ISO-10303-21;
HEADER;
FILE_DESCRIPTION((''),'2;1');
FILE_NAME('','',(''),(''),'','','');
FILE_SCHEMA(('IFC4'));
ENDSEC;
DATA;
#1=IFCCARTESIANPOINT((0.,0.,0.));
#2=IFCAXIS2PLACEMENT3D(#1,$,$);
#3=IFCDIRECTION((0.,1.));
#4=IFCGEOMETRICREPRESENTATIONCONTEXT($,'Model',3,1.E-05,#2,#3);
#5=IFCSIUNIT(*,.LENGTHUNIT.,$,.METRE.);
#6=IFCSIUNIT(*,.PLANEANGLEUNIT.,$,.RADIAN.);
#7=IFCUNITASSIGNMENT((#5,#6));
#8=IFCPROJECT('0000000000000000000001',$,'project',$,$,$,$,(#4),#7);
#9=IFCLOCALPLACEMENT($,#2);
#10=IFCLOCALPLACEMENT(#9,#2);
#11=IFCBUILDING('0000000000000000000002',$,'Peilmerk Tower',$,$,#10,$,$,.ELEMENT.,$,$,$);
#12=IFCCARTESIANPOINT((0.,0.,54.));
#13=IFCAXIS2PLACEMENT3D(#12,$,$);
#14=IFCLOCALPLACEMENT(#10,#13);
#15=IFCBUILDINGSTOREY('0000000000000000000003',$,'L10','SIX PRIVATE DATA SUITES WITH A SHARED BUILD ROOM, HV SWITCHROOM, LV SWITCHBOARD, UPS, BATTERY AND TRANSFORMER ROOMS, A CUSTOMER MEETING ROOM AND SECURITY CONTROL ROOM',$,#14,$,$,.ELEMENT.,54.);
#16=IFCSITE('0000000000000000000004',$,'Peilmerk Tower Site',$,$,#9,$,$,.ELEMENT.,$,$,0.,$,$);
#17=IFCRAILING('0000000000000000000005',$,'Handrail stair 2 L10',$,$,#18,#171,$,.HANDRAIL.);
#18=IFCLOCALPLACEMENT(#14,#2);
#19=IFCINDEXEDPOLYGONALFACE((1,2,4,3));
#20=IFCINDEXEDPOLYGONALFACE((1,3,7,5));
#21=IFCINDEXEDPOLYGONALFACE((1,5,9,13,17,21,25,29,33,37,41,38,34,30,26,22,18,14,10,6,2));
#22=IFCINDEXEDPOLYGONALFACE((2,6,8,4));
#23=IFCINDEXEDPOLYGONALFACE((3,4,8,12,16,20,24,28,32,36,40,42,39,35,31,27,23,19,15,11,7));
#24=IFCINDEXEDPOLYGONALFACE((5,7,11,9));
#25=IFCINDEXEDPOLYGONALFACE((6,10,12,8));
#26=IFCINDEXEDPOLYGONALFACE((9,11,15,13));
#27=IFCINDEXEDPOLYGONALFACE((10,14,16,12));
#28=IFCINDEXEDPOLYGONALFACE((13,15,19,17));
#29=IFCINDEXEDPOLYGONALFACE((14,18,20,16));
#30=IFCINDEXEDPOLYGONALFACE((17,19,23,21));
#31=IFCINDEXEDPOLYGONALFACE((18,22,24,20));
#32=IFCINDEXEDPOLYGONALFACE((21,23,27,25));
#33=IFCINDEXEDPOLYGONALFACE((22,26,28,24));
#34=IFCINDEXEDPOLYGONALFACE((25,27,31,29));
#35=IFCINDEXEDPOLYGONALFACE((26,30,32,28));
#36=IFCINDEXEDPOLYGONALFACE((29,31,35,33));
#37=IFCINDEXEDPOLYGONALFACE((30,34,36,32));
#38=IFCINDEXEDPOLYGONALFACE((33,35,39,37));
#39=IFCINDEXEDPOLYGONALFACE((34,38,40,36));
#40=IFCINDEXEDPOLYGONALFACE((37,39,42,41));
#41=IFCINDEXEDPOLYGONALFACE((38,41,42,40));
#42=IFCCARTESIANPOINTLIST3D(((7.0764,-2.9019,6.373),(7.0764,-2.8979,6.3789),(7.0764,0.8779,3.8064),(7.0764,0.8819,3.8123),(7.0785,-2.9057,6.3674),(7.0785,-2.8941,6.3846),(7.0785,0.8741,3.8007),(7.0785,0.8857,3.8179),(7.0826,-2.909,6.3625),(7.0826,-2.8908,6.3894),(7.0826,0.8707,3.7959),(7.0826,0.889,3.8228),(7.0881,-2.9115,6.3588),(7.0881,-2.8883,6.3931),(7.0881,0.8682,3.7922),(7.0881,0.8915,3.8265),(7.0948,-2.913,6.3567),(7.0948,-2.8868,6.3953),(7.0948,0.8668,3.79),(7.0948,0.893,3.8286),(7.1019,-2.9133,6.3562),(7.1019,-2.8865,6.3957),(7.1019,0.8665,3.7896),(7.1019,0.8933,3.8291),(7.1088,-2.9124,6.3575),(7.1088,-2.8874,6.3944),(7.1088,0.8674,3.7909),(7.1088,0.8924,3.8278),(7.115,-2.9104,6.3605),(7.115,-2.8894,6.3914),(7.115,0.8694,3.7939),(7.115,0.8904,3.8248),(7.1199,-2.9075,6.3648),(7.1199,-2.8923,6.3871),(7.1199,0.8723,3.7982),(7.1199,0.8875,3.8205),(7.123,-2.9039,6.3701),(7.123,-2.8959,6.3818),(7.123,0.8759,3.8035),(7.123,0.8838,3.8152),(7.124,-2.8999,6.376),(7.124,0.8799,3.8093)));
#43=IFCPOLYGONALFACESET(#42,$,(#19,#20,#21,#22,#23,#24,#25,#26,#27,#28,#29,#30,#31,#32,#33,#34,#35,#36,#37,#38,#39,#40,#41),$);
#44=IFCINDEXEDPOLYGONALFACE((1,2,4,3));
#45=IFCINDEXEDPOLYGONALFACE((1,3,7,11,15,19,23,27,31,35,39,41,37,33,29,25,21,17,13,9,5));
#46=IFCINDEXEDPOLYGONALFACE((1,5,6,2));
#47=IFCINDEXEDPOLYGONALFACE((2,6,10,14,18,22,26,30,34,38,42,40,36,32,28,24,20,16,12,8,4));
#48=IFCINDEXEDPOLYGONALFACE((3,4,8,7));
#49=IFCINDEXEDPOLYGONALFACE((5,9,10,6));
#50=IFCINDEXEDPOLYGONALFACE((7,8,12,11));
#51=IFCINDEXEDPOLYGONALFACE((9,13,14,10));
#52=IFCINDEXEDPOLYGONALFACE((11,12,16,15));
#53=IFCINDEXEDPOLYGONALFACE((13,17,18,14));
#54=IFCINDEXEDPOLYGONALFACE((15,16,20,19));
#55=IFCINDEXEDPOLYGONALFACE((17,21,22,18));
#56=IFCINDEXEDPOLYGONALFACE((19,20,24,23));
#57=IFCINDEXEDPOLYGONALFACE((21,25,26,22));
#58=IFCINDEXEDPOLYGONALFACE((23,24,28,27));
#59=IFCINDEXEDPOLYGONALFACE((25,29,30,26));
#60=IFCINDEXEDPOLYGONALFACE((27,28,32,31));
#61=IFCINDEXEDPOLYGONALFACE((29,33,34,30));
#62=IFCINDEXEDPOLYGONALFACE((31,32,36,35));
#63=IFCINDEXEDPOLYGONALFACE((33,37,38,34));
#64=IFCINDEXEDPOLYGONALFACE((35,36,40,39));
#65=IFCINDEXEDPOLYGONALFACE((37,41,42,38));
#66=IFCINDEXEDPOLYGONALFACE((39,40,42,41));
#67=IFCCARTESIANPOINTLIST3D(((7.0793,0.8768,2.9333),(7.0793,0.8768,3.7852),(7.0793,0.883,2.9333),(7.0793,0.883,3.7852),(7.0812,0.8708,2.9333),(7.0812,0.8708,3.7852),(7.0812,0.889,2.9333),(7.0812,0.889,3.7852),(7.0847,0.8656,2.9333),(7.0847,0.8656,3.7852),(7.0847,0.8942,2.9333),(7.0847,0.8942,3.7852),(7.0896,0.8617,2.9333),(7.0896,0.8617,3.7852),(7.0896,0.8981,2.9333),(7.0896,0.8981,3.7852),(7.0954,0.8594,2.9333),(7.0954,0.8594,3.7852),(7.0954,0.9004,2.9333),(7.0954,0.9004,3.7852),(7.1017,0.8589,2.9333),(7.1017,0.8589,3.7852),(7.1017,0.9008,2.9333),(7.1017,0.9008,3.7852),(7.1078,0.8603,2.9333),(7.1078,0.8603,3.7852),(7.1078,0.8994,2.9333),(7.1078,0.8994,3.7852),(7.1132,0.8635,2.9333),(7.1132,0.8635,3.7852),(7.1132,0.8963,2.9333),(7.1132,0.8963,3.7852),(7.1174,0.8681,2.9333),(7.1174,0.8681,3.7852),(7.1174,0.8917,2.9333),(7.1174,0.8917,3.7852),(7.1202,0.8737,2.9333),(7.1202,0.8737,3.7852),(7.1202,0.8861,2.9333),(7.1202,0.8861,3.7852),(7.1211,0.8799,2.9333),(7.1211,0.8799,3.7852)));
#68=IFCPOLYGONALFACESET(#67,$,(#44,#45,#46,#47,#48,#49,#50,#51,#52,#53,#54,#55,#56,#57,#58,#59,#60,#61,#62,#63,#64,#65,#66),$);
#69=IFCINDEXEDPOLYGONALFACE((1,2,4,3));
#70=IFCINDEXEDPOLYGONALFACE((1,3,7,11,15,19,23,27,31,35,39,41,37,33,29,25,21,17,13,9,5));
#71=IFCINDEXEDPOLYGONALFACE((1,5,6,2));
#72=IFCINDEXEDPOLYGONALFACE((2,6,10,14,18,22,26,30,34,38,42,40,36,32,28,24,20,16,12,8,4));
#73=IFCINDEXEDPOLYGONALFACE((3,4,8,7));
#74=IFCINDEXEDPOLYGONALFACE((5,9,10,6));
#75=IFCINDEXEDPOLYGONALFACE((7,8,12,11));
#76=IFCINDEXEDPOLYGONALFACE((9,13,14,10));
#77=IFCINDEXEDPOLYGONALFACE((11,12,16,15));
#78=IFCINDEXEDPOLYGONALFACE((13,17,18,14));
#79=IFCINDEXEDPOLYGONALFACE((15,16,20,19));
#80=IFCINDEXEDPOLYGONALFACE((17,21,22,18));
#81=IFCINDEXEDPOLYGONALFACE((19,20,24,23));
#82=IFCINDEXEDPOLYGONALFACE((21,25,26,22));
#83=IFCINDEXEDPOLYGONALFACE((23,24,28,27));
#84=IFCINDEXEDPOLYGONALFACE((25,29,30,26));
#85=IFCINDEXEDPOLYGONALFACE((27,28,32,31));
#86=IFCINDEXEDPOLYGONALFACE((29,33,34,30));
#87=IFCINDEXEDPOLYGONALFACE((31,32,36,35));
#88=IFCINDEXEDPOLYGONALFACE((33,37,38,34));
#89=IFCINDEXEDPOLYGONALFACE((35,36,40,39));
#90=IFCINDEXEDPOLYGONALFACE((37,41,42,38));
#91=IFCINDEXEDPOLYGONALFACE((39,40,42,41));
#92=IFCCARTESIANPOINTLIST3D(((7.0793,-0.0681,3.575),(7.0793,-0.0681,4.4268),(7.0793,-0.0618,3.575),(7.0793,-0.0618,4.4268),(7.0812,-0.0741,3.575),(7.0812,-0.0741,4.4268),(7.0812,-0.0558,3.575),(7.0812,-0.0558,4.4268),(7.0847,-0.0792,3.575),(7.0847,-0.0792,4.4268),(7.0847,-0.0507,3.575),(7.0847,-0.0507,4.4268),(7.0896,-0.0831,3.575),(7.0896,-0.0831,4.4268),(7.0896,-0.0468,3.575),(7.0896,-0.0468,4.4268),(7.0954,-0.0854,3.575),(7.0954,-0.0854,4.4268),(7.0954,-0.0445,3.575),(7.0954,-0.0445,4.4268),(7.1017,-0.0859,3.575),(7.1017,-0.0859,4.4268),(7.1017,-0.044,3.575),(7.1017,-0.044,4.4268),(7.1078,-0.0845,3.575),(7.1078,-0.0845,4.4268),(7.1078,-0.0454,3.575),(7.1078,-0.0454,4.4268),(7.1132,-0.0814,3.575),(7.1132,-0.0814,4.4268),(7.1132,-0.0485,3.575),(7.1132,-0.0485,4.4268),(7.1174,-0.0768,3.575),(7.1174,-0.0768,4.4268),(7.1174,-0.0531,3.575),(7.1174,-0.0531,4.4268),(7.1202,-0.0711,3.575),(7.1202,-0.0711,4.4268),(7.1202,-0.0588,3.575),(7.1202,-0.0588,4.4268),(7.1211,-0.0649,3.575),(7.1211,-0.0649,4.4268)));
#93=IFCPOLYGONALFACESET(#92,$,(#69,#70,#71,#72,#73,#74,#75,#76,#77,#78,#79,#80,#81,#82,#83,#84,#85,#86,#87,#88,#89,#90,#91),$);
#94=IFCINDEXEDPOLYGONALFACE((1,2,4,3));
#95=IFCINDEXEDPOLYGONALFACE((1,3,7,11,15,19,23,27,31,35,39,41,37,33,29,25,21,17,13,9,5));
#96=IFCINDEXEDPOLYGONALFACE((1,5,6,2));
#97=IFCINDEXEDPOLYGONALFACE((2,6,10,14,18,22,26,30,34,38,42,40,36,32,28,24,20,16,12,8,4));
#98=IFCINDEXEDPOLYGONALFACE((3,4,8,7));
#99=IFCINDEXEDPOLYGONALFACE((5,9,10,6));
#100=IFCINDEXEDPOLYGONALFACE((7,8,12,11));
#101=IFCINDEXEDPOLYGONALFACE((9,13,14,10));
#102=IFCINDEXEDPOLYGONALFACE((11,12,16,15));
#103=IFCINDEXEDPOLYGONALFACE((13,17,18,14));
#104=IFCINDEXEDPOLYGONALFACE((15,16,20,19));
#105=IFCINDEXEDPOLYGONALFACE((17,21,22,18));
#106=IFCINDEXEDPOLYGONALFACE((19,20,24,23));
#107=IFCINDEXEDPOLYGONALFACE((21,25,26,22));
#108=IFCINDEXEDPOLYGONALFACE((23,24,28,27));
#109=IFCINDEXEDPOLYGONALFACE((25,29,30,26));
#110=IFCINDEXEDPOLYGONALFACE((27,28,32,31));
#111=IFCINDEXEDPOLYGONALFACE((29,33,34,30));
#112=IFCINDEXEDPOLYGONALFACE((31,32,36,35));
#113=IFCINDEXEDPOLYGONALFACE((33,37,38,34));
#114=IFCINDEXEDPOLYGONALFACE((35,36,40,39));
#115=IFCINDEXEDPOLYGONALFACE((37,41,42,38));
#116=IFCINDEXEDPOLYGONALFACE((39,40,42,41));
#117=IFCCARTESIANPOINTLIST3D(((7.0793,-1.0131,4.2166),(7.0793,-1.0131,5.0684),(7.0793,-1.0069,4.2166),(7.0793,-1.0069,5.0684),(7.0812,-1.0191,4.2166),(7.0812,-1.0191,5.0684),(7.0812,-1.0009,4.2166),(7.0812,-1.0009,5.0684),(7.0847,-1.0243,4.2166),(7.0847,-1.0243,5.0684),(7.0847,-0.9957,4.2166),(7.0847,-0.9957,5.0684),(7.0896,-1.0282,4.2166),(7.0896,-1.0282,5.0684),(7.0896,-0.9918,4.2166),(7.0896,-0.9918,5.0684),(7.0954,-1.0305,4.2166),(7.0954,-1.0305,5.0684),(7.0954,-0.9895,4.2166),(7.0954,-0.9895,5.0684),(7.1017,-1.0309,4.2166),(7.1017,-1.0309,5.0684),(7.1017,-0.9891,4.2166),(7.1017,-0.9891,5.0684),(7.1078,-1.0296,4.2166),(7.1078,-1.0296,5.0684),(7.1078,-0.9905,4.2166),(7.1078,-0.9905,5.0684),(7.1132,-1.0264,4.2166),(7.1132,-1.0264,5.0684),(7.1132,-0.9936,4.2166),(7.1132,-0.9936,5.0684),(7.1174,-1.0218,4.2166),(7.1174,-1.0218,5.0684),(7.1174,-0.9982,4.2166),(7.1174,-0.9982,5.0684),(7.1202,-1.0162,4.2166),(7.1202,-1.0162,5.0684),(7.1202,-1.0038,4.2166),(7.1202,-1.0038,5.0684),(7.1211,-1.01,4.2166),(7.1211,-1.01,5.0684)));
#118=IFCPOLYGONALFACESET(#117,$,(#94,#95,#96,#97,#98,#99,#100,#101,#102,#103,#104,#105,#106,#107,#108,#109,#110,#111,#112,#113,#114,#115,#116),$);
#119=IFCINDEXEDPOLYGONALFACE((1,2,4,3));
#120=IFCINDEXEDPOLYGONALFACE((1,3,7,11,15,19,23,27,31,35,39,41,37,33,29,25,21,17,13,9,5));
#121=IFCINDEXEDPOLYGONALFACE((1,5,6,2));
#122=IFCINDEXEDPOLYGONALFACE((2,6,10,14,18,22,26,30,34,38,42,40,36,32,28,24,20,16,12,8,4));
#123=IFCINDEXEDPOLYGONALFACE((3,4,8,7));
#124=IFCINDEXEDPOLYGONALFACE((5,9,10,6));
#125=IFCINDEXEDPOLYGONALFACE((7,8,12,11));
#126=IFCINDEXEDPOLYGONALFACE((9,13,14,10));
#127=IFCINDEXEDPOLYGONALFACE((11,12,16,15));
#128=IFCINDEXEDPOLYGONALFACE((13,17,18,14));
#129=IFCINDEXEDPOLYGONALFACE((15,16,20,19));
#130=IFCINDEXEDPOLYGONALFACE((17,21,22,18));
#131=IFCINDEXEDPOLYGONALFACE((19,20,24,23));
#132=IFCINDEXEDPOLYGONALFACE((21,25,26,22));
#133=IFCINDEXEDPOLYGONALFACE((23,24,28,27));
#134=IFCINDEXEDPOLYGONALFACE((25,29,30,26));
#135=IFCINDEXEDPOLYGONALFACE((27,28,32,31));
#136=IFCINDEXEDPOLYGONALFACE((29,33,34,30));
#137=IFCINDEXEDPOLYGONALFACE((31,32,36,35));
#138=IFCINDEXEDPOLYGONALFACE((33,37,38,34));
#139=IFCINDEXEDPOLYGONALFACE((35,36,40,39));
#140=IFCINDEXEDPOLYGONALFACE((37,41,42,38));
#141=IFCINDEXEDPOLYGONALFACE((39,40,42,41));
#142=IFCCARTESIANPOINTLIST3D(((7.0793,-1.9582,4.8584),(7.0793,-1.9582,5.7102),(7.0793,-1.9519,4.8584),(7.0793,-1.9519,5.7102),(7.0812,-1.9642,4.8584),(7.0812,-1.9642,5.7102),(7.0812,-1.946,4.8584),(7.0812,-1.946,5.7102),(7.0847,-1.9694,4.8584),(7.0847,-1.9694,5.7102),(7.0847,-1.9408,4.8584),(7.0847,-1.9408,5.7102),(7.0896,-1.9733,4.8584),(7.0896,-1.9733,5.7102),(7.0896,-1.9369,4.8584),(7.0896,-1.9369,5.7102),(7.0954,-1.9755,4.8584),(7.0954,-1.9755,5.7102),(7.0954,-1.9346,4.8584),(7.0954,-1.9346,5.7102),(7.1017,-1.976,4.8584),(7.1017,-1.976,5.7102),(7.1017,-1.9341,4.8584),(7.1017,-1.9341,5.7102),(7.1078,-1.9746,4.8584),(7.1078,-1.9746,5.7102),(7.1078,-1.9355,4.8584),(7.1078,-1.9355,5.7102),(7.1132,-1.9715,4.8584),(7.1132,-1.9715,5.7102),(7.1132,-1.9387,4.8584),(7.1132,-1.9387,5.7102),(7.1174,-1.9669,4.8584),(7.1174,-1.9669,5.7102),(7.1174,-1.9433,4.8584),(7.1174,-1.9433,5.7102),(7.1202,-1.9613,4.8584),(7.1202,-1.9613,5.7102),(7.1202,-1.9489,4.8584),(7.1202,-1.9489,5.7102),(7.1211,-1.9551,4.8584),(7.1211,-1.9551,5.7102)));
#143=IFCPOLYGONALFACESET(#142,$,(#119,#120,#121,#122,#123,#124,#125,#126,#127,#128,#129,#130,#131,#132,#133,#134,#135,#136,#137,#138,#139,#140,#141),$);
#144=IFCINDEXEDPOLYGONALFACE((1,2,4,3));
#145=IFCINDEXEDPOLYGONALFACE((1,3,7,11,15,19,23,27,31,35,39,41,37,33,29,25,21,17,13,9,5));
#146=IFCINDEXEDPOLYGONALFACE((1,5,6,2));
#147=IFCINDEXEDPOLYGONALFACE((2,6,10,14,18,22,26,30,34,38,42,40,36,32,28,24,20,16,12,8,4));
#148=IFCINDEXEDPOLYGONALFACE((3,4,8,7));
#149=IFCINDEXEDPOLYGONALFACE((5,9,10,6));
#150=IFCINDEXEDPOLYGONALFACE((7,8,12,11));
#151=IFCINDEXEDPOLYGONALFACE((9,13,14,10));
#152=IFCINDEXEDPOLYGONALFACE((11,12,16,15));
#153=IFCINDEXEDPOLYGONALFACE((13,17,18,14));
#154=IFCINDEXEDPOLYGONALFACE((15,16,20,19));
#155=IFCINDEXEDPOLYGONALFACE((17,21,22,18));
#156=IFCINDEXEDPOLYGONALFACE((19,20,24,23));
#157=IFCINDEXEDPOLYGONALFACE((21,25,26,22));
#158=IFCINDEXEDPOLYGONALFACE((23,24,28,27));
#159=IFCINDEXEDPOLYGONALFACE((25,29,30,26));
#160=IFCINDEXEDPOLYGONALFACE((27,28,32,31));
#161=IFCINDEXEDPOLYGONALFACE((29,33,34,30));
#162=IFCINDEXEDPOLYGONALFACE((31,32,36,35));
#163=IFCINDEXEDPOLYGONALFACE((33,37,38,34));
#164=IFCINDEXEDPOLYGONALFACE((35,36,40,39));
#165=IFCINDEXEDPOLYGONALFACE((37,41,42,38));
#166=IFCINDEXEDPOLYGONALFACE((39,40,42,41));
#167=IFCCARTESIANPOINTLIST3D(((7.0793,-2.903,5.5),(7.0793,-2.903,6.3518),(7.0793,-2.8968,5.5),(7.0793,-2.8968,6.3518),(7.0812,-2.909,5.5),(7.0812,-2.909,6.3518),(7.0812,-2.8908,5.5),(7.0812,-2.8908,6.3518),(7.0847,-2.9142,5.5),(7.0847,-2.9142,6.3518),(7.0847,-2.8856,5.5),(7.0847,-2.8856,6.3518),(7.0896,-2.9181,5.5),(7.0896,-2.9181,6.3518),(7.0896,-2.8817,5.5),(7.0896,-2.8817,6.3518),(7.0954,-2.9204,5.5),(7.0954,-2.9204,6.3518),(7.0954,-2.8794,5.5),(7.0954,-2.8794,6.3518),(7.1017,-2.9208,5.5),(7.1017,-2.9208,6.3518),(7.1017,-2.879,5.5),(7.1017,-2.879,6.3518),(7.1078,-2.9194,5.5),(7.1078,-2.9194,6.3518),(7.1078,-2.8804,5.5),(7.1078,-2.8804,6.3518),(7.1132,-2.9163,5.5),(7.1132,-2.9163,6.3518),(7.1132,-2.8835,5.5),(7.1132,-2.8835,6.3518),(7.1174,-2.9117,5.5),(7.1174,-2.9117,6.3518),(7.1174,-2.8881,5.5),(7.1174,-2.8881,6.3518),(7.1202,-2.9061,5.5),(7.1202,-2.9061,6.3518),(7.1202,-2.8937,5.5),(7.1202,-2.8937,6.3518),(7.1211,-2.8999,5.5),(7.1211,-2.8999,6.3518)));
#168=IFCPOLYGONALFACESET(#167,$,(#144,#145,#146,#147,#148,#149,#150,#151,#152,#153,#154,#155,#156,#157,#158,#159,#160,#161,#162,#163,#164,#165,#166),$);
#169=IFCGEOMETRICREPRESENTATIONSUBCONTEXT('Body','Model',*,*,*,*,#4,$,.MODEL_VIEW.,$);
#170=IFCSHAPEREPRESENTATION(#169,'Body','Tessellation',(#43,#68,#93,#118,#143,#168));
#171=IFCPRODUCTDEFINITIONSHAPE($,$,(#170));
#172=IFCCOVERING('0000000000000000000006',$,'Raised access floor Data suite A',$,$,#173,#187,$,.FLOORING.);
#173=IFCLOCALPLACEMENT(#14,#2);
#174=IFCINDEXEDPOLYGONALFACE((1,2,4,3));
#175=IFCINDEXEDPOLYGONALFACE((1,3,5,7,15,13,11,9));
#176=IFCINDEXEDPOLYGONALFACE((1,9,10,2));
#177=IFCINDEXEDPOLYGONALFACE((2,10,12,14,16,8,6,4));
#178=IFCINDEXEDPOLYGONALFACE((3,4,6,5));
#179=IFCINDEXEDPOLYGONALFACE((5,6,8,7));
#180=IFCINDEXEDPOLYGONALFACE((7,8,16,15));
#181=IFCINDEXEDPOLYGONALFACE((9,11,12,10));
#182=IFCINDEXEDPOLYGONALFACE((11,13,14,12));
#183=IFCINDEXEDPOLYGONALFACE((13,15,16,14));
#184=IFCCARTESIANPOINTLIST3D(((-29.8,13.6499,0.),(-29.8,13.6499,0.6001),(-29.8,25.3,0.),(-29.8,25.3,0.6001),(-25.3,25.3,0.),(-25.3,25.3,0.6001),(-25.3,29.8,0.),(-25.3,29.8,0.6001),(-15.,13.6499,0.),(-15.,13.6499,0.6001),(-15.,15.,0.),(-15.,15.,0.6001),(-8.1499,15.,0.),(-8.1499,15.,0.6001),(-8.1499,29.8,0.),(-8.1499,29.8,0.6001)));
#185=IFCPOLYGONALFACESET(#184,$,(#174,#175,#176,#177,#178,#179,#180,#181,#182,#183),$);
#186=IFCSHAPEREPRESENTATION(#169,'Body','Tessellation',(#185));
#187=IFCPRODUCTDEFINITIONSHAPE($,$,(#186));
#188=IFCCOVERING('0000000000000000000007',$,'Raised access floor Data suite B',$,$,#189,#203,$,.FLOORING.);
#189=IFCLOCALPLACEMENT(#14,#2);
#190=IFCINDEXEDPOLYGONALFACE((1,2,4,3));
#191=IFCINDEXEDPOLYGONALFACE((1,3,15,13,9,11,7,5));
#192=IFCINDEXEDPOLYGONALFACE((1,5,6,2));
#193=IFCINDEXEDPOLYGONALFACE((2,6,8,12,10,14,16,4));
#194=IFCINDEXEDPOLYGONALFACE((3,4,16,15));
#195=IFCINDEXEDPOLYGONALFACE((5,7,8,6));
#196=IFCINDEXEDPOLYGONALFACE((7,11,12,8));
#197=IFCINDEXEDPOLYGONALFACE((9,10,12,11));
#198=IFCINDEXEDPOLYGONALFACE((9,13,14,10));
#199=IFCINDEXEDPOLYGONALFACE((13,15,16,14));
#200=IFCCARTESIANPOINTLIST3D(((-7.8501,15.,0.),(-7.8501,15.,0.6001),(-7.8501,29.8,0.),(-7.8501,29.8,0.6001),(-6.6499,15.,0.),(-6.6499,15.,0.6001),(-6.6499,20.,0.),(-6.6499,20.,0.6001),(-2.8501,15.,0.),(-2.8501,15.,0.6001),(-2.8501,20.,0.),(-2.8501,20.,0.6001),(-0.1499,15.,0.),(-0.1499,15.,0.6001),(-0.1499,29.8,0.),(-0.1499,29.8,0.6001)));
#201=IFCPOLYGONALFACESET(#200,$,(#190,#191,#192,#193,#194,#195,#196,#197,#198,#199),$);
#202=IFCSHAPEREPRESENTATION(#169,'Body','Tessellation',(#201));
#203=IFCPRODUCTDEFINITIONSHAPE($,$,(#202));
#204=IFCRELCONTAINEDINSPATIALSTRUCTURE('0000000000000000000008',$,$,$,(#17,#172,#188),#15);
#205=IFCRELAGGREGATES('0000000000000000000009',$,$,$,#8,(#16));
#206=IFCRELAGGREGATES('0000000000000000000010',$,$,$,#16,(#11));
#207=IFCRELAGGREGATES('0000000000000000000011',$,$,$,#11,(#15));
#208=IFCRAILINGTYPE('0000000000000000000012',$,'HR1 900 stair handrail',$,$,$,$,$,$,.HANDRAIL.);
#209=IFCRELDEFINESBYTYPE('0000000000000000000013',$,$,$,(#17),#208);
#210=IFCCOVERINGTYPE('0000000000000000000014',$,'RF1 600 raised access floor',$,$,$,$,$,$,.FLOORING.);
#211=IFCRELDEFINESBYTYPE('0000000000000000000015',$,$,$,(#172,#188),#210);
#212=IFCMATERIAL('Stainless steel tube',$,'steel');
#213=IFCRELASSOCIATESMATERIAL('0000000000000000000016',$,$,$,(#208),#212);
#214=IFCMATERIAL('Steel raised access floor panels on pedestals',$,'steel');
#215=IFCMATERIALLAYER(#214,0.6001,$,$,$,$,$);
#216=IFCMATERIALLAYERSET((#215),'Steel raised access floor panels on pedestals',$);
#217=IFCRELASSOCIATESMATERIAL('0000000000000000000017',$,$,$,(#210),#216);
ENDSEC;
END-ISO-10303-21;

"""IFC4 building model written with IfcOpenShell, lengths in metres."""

from ifc_helpers import new_model, si_unit, direction, frame, origin, origin_2d, place, context, subcontext, project, spatial, polyline, circle, outline, extrude, material, layer, layer_set, type_object, element, save


model = new_model("IFC4")

# Units and contexts
model_context = context("Model", 3, precision=1e-05, world=origin(), true_north=direction((0.0, 1.0)))
body_context = subcontext(model_context, "Body", "Model", "MODEL_VIEW")
ifc_project = project(units=[si_unit("LENGTHUNIT", "METRE"), si_unit("PLANEANGLEUNIT", "RADIAN")], contexts=[model_context])

# Site, building, storey
site_placement = place(None, origin())
site = spatial("IfcSite", under=ifc_project, at=site_placement, Name="Peilmerk Tower Site", CompositionType="ELEMENT", RefElevation=0.0)
building_placement = place(site_placement, origin())
building = spatial("IfcBuilding", under=site, at=building_placement, Name="Peilmerk Tower", CompositionType="ELEMENT")
storey_placement = place(building_placement, frame((0.0, 0.0, 54.0)))
storey = spatial("IfcBuildingStorey", under=building, at=storey_placement, Name="L10", Description="SIX PRIVATE DATA SUITES WITH A SHARED BUILD ROOM, HV SWITCHROOM, LV SWITCHBOARD, UPS, BATTERY AND TRANSFORMER ROOMS, A CUSTOMER MEETING ROOM AND SECURITY CONTROL ROOM", CompositionType="ELEMENT", Elevation=54.0)

# Railing
ifc_material_1 = material(Name="Stainless steel tube", Category="steel")
railing_type_1 = type_object("IfcRailingType", Name="HR1 900 stair handrail", PredefinedType="HANDRAIL", material=ifc_material_1)
railing_1_placement = place(storey_placement, frame((7.1001, 0.8799, 2.9333)))
element("IfcRailing", 1, at=railing_1_placement, inside=storey, type_object=railing_type_1, Name="Handrail stair 2 L10", PredefinedType="HANDRAIL", context=body_context, shape_type="SweptSolid", body=[
    extrude(circle(Radius=0.0239, at=origin_2d()), frame((0.0, 0.0, 0.876), z_axis=(0.0, -0.827293, 0.561771), x_axis=(1.0, 0.0, 0.0)), (0.0, 0.0, 1.0), 4.5688),
    extrude(circle(Radius=0.021, at=origin_2d()), origin(), (0.0, 0.0, 1.0), 0.8518),
    extrude(circle(Radius=0.021, at=origin_2d()), frame((0.0, -0.9448, 0.6416)), (0.0, 0.0, 1.0), 0.8518),
    extrude(circle(Radius=0.021, at=origin_2d()), frame((0.0, -1.8899, 1.2832)), (0.0, 0.0, 1.0), 0.8518),
    extrude(circle(Radius=0.021, at=origin_2d()), frame((0.0, -2.835, 1.925)), (0.0, 0.0, 1.0), 0.8518),
    extrude(circle(Radius=0.021, at=origin_2d()), frame((0.0, -3.7798, 2.5667)), (0.0, 0.0, 1.0), 0.8518),
])

# Coverings
ifc_material_2 = material(Name="Steel raised access floor panels on pedestals", Category="steel")
ifc_layer_1 = layer(ifc_material_2, 0.6001)
ifc_layer_set_1 = layer_set([ifc_layer_1], Name="Steel raised access floor panels on pedestals")
covering_type_1 = type_object("IfcCoveringType", Name="RF1 600 raised access floor", PredefinedType="FLOORING", material=ifc_layer_set_1)
covering_1_placement = place(storey_placement, origin())
element("IfcCovering", 2, at=covering_1_placement, inside=storey, type_object=covering_type_1, Name="Raised access floor Data suite A", PredefinedType="FLOORING", context=body_context, shape_type="SweptSolid", body=[
    extrude(outline(polyline([(-29.8, 25.3), (-29.8, 13.6499), (-15.0, 13.6499), (-15.0, 15.0), (-8.1499, 15.0), (-8.1499, 29.8), (-25.3, 29.8), (-25.3, 25.3), (-29.8, 25.3)])), origin(), (0.0, 0.0, 1.0), 0.6001),
])
covering_2_placement = place(storey_placement, origin())
element("IfcCovering", 3, at=covering_2_placement, inside=storey, type_object=covering_type_1, Name="Raised access floor Data suite B", PredefinedType="FLOORING", context=body_context, shape_type="SweptSolid", body=[
    extrude(outline(polyline([(-0.1499, 15.0), (-0.1499, 29.8), (-7.8501, 29.8), (-7.8501, 15.0), (-6.6499, 15.0), (-6.6499, 20.0), (-2.8501, 20.0), (-2.8501, 15.0), (-0.1499, 15.0)])), origin(), (0.0, 0.0, 1.0), 0.6001),
])

save(model, "model.ifc")
